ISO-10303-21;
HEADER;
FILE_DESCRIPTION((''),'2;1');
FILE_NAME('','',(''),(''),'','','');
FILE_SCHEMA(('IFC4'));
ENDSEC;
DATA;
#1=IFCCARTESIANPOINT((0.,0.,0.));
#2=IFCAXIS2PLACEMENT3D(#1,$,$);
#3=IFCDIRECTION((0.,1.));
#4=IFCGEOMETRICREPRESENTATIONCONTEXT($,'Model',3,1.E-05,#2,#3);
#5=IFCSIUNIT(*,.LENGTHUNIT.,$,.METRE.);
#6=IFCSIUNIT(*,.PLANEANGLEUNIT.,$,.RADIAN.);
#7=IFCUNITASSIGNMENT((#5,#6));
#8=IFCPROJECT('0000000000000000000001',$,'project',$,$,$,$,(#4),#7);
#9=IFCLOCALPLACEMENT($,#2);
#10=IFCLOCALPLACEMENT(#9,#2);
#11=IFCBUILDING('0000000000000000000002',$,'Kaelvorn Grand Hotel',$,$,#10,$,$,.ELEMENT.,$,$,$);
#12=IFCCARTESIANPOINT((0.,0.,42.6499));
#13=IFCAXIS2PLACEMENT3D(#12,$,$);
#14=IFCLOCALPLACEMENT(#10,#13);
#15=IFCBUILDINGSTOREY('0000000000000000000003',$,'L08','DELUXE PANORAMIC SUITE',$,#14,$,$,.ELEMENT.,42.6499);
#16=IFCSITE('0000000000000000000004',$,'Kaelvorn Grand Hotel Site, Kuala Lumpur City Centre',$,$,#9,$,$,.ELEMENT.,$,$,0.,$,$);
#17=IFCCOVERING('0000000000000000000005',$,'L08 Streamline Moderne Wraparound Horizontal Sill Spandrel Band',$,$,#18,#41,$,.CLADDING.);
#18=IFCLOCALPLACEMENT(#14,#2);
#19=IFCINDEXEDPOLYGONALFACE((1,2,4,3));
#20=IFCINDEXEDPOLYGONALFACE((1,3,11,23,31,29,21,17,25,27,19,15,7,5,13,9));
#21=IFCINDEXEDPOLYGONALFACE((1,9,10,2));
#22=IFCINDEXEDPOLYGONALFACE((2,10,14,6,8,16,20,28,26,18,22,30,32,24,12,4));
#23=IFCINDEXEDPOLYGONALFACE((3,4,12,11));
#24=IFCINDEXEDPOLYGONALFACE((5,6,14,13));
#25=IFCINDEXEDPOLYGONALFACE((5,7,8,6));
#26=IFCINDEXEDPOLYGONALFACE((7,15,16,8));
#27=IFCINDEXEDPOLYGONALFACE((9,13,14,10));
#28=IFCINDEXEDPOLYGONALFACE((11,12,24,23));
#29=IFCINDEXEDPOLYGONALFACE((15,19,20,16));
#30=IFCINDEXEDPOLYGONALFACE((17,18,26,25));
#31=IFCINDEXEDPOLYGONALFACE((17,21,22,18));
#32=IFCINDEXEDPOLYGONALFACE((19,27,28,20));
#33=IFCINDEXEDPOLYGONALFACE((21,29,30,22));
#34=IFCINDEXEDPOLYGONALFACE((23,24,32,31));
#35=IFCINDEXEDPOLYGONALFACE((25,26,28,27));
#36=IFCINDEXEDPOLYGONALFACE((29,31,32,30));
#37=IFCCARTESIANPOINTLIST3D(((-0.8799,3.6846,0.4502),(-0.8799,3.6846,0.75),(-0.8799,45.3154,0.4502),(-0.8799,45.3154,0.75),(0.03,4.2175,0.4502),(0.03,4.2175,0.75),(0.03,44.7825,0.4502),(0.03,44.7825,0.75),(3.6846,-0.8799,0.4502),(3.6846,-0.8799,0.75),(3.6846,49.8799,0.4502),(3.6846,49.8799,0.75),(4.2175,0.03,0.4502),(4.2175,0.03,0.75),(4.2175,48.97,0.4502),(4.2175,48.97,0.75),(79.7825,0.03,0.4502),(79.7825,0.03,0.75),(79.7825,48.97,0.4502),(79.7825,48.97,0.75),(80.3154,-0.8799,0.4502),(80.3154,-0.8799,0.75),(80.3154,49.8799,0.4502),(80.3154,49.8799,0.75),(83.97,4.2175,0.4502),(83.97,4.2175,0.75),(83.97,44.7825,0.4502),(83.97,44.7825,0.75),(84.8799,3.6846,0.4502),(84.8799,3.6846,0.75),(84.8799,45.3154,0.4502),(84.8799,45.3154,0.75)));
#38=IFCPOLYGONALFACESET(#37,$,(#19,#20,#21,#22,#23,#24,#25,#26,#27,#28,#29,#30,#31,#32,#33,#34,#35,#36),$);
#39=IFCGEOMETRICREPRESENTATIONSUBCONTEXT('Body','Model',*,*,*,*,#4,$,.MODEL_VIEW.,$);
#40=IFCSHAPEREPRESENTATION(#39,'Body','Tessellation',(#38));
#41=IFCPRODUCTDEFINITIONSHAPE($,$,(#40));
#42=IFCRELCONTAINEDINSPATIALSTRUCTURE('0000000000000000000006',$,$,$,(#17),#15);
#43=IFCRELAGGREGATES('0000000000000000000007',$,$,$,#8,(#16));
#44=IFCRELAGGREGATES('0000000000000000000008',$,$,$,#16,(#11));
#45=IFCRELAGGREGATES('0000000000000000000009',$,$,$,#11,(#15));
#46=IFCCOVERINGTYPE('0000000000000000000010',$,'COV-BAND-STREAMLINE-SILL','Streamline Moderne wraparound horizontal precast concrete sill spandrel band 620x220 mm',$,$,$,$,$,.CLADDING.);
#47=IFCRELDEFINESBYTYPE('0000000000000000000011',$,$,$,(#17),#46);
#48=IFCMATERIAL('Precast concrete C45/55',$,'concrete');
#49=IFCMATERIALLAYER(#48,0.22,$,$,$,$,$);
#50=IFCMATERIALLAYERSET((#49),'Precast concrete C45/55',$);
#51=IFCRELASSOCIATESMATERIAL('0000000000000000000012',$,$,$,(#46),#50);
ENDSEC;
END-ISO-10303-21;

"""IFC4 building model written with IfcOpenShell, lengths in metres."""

from ifc_helpers import new_model, si_unit, direction, frame, origin, place, context, subcontext, project, spatial, polyline, outline, extrude, material, layer, layer_set, type_object, element, save


model = new_model("IFC4")

# Units and contexts
model_context = context("Model", 3, precision=1e-05, world=origin(), true_north=direction((0.0, 1.0)))
body_context = subcontext(model_context, "Body", "Model", "MODEL_VIEW")
ifc_project = project(units=[si_unit("LENGTHUNIT", "METRE"), si_unit("PLANEANGLEUNIT", "RADIAN")], contexts=[model_context])

# Site, building, storey
site_placement = place(None, origin())
site = spatial("IfcSite", under=ifc_project, at=site_placement, Name="Kaelvorn Grand Hotel Site, Kuala Lumpur City Centre", CompositionType="ELEMENT", RefElevation=0.0)
building_placement = place(site_placement, origin())
building = spatial("IfcBuilding", under=site, at=building_placement, Name="Kaelvorn Grand Hotel", CompositionType="ELEMENT")
storey_placement = place(building_placement, frame((0.0, 0.0, 42.6499)))
storey = spatial("IfcBuildingStorey", under=building, at=storey_placement, Name="L08", Description="DELUXE PANORAMIC SUITE", CompositionType="ELEMENT", Elevation=42.6499)

# Covering
ifc_material_1 = material(Name="Precast concrete C45/55", Category="concrete")
ifc_layer_1 = layer(ifc_material_1, 0.22)
ifc_layer_set_1 = layer_set([ifc_layer_1], Name="Precast concrete C45/55")
covering_type_1 = type_object("IfcCoveringType", Name="COV-BAND-STREAMLINE-SILL", Description="Streamline Moderne wraparound horizontal precast concrete sill spandrel band 620x220 mm", PredefinedType="CLADDING", material=ifc_layer_set_1)
covering_1_placement = place(storey_placement, frame((0.0, 0.0, 0.4502)))
element("IfcCovering", 1, at=covering_1_placement, inside=storey, type_object=covering_type_1, Name="L08 Streamline Moderne Wraparound Horizontal Sill Spandrel Band", PredefinedType="CLADDING", context=body_context, shape_type="SweptSolid", body=[
    extrude(outline(polyline([(80.3154, -0.8799), (84.8799, 3.6846), (84.8799, 45.3154), (80.3154, 49.8799), (3.6846, 49.8799), (-0.8799, 45.3154), (-0.8799, 3.6846), (3.6846, -0.8799), (4.2175, 0.03), (0.03, 4.2175), (0.03, 44.7825), (4.2175, 48.97), (79.7825, 48.97), (83.97, 44.7825), (83.97, 4.2175), (79.7825, 0.03), (80.3154, -0.8799)])), origin(), (0.0, 0.0, 1.0), 0.2998),
])

save(model, "model.ifc")
